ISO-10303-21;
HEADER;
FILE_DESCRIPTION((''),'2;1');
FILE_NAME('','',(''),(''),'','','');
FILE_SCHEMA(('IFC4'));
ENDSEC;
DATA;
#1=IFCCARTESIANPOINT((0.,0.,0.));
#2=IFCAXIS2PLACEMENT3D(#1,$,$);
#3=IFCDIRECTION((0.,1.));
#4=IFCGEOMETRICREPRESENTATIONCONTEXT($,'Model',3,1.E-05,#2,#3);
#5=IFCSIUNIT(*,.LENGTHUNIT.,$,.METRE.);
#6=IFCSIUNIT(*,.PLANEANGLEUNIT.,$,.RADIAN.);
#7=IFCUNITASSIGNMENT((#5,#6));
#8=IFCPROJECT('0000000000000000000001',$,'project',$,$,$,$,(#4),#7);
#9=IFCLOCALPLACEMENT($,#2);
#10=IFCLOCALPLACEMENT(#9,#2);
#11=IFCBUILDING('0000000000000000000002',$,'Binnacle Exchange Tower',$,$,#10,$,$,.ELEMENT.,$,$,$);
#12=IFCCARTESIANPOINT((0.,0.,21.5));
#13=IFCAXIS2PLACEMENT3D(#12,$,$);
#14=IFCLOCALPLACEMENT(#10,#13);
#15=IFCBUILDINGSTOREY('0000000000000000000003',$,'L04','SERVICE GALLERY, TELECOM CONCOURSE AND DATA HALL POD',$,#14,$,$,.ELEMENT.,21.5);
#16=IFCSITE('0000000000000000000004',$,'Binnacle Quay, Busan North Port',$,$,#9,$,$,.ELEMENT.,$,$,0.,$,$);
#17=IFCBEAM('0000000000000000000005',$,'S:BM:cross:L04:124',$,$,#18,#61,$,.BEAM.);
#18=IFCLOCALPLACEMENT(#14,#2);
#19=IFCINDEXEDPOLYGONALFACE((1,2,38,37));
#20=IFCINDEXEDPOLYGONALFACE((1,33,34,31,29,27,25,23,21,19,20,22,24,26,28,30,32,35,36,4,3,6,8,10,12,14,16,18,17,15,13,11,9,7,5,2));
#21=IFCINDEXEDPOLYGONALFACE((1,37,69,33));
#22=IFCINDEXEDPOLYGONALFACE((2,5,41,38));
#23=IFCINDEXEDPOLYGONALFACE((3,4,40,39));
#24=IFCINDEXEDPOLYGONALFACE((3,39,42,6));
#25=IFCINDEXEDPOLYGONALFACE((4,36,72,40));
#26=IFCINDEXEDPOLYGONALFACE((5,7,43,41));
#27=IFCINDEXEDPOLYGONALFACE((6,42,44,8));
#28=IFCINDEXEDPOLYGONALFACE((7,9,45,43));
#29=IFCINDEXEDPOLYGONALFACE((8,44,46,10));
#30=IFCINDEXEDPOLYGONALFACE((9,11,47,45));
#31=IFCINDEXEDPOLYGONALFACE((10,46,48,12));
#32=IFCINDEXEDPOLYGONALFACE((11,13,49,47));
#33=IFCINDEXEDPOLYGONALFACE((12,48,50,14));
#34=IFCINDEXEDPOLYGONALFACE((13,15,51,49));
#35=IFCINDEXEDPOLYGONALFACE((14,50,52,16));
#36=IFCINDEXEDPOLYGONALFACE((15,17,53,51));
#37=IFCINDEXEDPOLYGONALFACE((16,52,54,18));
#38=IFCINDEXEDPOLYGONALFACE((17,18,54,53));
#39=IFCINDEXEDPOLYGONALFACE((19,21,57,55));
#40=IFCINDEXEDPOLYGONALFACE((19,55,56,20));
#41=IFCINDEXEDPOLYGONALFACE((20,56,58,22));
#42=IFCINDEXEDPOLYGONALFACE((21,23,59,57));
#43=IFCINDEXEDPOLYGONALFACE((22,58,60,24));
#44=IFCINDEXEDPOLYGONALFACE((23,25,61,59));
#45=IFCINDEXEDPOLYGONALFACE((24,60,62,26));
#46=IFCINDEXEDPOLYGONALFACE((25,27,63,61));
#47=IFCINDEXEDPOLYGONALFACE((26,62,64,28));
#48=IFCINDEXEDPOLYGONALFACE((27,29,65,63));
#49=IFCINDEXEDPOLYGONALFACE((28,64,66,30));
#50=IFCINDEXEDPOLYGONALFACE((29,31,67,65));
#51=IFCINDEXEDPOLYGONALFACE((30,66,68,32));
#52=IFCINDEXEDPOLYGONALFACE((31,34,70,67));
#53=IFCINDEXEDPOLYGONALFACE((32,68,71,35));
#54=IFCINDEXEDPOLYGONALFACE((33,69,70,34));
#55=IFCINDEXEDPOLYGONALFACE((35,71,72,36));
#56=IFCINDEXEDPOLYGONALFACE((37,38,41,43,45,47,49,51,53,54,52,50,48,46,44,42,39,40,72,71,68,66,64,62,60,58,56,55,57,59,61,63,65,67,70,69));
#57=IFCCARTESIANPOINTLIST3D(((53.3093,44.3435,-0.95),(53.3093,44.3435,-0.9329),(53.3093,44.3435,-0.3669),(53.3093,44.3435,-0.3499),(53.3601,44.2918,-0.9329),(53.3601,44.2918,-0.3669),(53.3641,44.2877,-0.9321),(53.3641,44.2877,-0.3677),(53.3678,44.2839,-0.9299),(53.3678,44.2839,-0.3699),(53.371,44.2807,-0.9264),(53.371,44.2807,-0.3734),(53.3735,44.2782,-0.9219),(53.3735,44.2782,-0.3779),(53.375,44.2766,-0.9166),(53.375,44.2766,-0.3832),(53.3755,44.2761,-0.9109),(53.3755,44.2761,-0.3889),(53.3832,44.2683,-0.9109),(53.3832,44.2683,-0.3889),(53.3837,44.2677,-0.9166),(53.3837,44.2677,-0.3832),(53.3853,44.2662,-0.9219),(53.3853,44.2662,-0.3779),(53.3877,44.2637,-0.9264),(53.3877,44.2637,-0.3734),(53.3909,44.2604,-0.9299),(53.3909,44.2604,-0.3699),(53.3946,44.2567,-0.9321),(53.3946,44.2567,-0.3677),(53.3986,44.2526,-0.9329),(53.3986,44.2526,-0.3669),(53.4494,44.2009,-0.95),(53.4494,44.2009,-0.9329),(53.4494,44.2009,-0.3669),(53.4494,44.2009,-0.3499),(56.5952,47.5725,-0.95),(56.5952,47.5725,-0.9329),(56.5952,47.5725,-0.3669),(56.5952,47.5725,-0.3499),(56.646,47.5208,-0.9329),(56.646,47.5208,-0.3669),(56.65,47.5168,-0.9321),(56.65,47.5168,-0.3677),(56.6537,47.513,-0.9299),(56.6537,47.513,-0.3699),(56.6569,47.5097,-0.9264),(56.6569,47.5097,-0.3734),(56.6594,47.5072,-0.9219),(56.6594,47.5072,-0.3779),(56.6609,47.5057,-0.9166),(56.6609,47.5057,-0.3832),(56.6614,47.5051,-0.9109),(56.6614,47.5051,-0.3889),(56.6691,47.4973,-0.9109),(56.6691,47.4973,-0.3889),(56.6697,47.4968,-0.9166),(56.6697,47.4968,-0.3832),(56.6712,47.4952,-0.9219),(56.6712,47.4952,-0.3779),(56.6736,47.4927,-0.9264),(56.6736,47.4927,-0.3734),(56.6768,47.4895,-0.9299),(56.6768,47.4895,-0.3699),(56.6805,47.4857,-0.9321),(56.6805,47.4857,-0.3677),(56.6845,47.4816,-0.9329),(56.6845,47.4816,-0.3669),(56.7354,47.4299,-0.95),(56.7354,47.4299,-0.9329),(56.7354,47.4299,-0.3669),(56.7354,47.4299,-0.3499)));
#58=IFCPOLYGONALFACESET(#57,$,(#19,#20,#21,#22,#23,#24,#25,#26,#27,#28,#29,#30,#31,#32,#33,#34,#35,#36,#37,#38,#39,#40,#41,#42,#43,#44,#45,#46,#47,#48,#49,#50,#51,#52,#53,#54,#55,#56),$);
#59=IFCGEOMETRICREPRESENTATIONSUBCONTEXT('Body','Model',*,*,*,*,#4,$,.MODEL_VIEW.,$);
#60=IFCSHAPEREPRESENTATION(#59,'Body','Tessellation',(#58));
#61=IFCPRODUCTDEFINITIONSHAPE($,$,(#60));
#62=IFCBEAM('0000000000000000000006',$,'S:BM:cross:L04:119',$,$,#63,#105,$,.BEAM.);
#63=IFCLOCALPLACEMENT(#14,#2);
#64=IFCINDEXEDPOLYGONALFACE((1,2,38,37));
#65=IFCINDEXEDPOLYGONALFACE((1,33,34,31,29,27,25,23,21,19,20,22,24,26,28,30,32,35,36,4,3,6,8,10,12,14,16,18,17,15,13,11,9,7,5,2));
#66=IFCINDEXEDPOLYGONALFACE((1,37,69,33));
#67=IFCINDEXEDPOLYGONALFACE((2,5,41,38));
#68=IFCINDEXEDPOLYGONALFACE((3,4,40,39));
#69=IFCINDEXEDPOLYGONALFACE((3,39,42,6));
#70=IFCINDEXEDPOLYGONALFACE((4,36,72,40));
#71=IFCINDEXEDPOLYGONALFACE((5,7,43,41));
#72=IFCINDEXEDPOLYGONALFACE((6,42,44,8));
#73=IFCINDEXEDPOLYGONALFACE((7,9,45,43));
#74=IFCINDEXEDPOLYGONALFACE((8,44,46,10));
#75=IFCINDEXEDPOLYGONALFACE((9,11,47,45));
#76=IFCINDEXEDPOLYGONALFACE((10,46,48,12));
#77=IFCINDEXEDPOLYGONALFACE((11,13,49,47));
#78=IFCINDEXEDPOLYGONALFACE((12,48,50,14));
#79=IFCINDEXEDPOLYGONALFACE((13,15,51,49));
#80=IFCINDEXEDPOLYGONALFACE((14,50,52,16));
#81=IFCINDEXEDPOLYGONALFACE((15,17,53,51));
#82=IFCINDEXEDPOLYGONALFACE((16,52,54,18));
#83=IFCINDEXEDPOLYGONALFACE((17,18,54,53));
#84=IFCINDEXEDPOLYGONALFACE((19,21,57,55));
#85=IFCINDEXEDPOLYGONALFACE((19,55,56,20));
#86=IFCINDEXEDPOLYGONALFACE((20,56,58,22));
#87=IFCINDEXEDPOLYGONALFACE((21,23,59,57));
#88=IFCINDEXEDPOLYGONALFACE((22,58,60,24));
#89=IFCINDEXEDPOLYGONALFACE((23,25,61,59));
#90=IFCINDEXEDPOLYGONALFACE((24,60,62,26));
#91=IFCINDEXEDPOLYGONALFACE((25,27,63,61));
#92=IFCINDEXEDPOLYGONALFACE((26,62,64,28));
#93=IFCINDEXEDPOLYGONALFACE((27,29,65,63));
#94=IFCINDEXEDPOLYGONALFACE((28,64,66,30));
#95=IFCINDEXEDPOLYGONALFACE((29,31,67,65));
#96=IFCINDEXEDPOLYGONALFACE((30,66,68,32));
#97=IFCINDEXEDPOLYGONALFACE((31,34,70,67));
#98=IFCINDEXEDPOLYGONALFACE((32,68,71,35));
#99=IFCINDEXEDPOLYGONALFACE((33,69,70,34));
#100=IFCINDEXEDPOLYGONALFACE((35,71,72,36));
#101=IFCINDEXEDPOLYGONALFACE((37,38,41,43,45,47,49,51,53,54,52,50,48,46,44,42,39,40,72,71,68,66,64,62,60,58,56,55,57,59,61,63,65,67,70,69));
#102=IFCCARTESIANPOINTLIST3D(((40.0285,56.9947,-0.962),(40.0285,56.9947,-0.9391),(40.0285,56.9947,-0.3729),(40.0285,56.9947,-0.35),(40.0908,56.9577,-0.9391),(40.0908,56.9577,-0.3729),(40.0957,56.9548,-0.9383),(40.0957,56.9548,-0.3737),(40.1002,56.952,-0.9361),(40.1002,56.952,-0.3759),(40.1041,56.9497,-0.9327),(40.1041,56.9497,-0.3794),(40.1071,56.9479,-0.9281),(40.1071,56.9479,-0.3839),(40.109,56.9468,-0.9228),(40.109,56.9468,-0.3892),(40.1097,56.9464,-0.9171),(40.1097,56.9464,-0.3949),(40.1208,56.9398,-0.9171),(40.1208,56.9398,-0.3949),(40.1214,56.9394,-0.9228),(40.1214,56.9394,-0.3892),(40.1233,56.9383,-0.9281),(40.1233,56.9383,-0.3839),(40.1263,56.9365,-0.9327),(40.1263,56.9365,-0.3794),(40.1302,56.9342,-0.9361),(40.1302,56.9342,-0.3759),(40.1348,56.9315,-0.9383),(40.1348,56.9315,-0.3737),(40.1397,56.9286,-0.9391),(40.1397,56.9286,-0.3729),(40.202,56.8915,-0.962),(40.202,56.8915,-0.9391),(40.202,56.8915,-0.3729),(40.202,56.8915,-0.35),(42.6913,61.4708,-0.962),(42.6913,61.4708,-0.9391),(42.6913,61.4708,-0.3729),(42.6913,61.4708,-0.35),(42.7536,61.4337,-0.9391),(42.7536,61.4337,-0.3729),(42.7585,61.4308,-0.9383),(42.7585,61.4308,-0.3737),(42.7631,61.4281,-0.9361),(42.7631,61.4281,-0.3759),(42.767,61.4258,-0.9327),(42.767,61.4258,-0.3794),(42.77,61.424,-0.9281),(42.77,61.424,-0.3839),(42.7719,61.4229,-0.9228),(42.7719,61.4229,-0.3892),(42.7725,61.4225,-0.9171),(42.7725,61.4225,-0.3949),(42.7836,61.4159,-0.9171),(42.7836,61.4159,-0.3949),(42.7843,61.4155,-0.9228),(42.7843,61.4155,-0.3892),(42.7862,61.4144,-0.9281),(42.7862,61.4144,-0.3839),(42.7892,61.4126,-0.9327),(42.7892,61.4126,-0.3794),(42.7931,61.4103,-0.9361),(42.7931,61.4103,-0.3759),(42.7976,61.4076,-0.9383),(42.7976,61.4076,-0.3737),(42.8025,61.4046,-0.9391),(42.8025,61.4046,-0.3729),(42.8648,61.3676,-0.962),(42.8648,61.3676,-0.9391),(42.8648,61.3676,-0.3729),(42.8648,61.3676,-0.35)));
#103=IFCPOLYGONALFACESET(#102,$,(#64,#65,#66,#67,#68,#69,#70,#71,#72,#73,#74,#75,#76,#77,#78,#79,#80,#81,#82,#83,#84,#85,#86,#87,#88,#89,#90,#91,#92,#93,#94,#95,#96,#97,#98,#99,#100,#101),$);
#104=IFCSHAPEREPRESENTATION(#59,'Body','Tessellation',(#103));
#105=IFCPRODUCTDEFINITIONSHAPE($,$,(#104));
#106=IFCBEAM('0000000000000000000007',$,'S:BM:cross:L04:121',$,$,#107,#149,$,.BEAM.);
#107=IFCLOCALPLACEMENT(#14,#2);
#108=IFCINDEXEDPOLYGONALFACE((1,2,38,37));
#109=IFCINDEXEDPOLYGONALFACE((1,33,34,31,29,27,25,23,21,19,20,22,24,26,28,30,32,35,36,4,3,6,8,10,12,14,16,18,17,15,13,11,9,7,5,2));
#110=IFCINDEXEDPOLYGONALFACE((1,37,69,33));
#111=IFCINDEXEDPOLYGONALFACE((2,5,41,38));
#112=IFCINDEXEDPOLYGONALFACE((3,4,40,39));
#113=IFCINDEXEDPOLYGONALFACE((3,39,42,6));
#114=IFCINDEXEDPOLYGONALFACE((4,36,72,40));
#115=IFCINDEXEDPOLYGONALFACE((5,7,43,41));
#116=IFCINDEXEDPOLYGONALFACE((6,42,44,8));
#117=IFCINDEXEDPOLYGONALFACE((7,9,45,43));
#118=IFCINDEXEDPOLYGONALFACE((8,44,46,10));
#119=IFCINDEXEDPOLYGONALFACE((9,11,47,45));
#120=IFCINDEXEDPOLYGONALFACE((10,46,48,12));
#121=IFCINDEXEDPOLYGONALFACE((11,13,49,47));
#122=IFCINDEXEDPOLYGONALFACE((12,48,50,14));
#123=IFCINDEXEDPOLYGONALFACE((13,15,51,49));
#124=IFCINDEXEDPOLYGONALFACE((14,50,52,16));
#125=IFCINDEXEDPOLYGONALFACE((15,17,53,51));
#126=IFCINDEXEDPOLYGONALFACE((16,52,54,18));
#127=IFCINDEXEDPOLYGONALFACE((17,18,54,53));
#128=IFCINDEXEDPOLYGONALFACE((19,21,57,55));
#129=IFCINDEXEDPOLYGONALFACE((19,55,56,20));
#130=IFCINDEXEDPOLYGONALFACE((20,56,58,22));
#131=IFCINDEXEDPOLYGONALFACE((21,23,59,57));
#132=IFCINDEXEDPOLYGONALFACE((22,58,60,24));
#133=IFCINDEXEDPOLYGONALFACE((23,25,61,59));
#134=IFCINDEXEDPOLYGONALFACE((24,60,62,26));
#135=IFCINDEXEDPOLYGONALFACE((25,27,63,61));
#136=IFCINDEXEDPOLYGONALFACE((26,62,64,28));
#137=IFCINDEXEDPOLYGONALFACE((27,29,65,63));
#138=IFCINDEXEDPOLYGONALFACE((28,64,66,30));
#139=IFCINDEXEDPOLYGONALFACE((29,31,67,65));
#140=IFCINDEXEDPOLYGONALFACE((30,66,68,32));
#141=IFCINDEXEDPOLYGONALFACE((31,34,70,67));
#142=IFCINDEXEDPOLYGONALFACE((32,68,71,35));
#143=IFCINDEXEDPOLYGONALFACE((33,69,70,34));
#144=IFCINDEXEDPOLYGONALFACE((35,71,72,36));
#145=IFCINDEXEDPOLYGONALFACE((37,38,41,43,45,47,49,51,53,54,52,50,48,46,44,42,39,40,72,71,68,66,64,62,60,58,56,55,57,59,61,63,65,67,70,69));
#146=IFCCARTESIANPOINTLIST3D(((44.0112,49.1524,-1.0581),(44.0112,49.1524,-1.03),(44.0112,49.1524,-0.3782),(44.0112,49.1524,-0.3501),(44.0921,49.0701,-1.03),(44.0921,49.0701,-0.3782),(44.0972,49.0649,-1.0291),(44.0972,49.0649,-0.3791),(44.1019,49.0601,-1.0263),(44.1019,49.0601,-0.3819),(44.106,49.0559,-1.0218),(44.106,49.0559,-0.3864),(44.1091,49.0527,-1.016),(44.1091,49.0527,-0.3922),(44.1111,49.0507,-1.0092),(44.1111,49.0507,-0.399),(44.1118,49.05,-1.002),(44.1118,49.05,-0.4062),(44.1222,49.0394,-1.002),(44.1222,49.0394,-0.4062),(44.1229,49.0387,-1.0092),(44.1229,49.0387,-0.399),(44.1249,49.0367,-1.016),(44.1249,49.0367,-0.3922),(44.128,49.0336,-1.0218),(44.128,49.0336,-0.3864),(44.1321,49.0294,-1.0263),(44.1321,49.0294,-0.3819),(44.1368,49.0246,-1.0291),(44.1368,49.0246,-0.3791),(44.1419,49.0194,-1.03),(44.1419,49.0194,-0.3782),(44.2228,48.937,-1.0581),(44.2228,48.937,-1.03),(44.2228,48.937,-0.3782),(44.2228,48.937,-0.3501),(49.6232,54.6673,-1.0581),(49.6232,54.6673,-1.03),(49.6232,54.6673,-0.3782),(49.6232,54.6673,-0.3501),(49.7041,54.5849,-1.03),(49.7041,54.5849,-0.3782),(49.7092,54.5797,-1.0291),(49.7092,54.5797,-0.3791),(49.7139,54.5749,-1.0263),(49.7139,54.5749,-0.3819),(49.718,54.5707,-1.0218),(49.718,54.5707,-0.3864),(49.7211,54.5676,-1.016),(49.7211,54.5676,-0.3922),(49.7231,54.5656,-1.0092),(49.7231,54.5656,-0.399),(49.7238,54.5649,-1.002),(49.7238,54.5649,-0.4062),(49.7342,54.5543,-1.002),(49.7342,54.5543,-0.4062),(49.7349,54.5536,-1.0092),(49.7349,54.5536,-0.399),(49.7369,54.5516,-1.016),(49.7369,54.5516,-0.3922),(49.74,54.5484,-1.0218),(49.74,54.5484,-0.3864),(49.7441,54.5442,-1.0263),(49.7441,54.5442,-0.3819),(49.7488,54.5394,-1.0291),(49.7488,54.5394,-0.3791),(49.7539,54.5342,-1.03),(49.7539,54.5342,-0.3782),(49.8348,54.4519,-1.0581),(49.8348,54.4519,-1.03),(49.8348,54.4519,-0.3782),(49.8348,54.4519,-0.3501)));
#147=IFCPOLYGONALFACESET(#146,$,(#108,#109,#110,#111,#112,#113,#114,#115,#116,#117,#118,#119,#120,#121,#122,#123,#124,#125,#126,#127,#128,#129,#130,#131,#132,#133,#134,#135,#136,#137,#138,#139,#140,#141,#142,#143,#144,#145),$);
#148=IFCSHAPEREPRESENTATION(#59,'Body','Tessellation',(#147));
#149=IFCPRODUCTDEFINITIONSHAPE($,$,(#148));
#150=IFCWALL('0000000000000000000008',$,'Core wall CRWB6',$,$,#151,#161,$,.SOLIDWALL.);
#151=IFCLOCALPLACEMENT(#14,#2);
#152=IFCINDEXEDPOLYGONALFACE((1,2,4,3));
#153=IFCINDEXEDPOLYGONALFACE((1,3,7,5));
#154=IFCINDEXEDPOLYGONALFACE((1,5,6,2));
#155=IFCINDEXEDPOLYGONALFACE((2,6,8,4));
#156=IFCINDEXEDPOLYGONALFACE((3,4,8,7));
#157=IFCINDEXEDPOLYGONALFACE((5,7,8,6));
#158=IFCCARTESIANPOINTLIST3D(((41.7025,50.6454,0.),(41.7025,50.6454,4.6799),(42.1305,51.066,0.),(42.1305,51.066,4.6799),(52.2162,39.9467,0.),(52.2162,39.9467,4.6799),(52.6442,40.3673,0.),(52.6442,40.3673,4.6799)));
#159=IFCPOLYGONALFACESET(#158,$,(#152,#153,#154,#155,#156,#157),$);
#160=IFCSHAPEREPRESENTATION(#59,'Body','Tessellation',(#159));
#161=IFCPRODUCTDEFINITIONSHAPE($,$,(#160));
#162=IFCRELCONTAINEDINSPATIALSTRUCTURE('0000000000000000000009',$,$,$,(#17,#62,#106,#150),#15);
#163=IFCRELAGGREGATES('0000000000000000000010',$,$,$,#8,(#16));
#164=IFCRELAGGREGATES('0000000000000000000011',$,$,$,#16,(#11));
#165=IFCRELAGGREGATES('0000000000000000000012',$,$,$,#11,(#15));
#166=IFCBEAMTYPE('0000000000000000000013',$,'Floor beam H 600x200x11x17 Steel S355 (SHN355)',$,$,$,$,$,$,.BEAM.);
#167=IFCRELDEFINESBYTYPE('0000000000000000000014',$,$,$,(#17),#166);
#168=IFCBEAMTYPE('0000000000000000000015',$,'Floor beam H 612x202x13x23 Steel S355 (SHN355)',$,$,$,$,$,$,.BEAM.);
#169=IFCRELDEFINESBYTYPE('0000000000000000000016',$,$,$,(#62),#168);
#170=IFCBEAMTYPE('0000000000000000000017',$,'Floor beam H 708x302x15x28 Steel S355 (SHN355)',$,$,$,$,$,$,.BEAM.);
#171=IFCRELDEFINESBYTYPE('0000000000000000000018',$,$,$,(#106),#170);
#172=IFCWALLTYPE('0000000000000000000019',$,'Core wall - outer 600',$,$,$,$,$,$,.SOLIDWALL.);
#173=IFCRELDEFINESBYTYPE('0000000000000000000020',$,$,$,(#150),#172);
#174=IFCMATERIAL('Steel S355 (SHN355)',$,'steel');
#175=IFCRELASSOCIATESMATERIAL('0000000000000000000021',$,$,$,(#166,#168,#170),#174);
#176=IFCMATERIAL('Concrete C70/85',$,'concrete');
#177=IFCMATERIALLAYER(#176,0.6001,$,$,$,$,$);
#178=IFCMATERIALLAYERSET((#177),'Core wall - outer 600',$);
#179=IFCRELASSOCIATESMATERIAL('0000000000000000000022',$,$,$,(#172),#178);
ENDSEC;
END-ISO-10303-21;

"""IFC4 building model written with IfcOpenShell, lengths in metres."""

from ifc_helpers import new_model, si_unit, direction, frame, frame_2d, origin, origin_2d, place, context, subcontext, project, spatial, rectangle, i_section, extrude, material, layer, layer_set, material_profile, profile_set, type_object, element, save


model = new_model("IFC4")

# Units and contexts
model_context = context("Model", 3, precision=1e-05, world=origin(), true_north=direction((0.0, 1.0)))
body_context = subcontext(model_context, "Body", "Model", "MODEL_VIEW")
ifc_project = project(units=[si_unit("LENGTHUNIT", "METRE"), si_unit("PLANEANGLEUNIT", "RADIAN")], contexts=[model_context])

# Site, building, storey
site_placement = place(None, origin())
site = spatial("IfcSite", under=ifc_project, at=site_placement, Name="Binnacle Quay, Busan North Port", CompositionType="ELEMENT", RefElevation=0.0)
building_placement = place(site_placement, origin())
building = spatial("IfcBuilding", under=site, at=building_placement, Name="Binnacle Exchange Tower", CompositionType="ELEMENT")
storey_placement = place(building_placement, frame((0.0, 0.0, 21.5)))
storey = spatial("IfcBuildingStorey", under=building, at=storey_placement, Name="L04", Description="SERVICE GALLERY, TELECOM CONCOURSE AND DATA HALL POD", CompositionType="ELEMENT", Elevation=21.5)

# Shared definitions
ifc_material_1 = material(Name="Concrete C70/85", Category="concrete")

# Beams
ifc_material_2 = material(Name="Steel S355 (SHN355)", Category="steel")
ifc_material_profile_1 = material_profile(ifc_material_2, i_section(OverallWidth=0.2, OverallDepth=0.6001, WebThickness=0.011, FlangeThickness=0.0171, FilletRadius=0.022, at=origin_2d()), Name="H 600x200x11x17")
ifc_profile_set_1 = profile_set([ifc_material_profile_1], Name="Steel S355 (SHN355)")
beam_type_1 = type_object("IfcBeamType", Name="Floor beam H 600x200x11x17 Steel S355 (SHN355)", PredefinedType="BEAM", material=ifc_profile_set_1)
beam_1_placement = place(storey_placement, frame((56.6653, 47.5012, -0.6499), z_axis=(-0.713254, -0.700906, 0.0), x_axis=(0.700906, -0.713254, 0.0)))
element("IfcBeam", 1, at=beam_1_placement, inside=storey, type_object=beam_type_1, Name="S:BM:cross:L04:124", PredefinedType="BEAM", context=body_context, shape_type="SweptSolid", body=[
    extrude(i_section(OverallWidth=0.2, OverallDepth=0.6001, WebThickness=0.011, FlangeThickness=0.0171, FilletRadius=0.022, at=origin_2d()), origin(), (0.0, 0.0, 1.0), 4.6069),
])
ifc_material_profile_2 = material_profile(ifc_material_2, i_section(OverallWidth=0.2019, OverallDepth=0.6121, WebThickness=0.0129, FlangeThickness=0.0229, FilletRadius=0.022, at=origin_2d()), Name="H 612x202x13x23")
ifc_profile_set_2 = profile_set([ifc_material_profile_2], Name="Steel S355 (SHN355)")
beam_type_2 = type_object("IfcBeamType", Name="Floor beam H 612x202x13x23 Steel S355 (SHN355)", PredefinedType="BEAM", material=ifc_profile_set_2)
beam_2_placement = place(storey_placement, frame((42.7781, 61.4192, -0.656), z_axis=(-0.511273, -0.859418, 0.0), x_axis=(0.859418, -0.511273, 0.0)))
element("IfcBeam", 2, at=beam_2_placement, inside=storey, type_object=beam_type_2, Name="S:BM:cross:L04:119", PredefinedType="BEAM", context=body_context, shape_type="SweptSolid", body=[
    extrude(i_section(OverallWidth=0.2019, OverallDepth=0.6121, WebThickness=0.0129, FlangeThickness=0.0229, FilletRadius=0.022, at=origin_2d()), origin(), (0.0, 0.0, 1.0), 5.2083),
])
ifc_material_profile_3 = material_profile(ifc_material_2, i_section(OverallWidth=0.302, OverallDepth=0.708, WebThickness=0.0149, FlangeThickness=0.0281, FilletRadius=0.0281, at=origin_2d()), Name="H 708x302x15x28")
ifc_profile_set_3 = profile_set([ifc_material_profile_3], Name="Steel S355 (SHN355)")
beam_type_3 = type_object("IfcBeamType", Name="Floor beam H 708x302x15x28 Steel S355 (SHN355)", PredefinedType="BEAM", material=ifc_profile_set_3)
beam_3_placement = place(storey_placement, frame((49.729, 54.5596, -0.7041), z_axis=(-0.713255, -0.700905, 0.0), x_axis=(0.700905, -0.713255, 0.0)))
element("IfcBeam", 3, at=beam_3_placement, inside=storey, type_object=beam_type_3, Name="S:BM:cross:L04:121", PredefinedType="BEAM", context=body_context, shape_type="SweptSolid", body=[
    extrude(i_section(OverallWidth=0.302, OverallDepth=0.708, WebThickness=0.0149, FlangeThickness=0.0281, FilletRadius=0.0281, at=origin_2d()), origin(), (0.0, 0.0, 1.0), 7.8682),
])

# Wall
ifc_layer_1 = layer(ifc_material_1, 0.6001)
ifc_layer_set_1 = layer_set([ifc_layer_1], Name="Core wall - outer 600")
wall_type_1 = type_object("IfcWallType", Name="Core wall - outer 600", PredefinedType="SOLIDWALL", material=ifc_layer_set_1)
wall_1_placement = place(storey_placement, frame((41.9165, 50.8557, 0.0), z_axis=(0.0, 0.0, 1.0), x_axis=(0.700911, -0.713248, 0.0)))
element("IfcWall", 4, at=wall_1_placement, inside=storey, type_object=wall_type_1, Name="Core wall CRWB6", PredefinedType="SOLIDWALL", context=body_context, shape_type="SweptSolid", body=[
    extrude(rectangle(XDim=15.0, YDim=0.6001, at=frame_2d((7.5, 0.0))), origin(), (0.0, 0.0, 1.0), 4.6799),
])

save(model, "model.ifc")
